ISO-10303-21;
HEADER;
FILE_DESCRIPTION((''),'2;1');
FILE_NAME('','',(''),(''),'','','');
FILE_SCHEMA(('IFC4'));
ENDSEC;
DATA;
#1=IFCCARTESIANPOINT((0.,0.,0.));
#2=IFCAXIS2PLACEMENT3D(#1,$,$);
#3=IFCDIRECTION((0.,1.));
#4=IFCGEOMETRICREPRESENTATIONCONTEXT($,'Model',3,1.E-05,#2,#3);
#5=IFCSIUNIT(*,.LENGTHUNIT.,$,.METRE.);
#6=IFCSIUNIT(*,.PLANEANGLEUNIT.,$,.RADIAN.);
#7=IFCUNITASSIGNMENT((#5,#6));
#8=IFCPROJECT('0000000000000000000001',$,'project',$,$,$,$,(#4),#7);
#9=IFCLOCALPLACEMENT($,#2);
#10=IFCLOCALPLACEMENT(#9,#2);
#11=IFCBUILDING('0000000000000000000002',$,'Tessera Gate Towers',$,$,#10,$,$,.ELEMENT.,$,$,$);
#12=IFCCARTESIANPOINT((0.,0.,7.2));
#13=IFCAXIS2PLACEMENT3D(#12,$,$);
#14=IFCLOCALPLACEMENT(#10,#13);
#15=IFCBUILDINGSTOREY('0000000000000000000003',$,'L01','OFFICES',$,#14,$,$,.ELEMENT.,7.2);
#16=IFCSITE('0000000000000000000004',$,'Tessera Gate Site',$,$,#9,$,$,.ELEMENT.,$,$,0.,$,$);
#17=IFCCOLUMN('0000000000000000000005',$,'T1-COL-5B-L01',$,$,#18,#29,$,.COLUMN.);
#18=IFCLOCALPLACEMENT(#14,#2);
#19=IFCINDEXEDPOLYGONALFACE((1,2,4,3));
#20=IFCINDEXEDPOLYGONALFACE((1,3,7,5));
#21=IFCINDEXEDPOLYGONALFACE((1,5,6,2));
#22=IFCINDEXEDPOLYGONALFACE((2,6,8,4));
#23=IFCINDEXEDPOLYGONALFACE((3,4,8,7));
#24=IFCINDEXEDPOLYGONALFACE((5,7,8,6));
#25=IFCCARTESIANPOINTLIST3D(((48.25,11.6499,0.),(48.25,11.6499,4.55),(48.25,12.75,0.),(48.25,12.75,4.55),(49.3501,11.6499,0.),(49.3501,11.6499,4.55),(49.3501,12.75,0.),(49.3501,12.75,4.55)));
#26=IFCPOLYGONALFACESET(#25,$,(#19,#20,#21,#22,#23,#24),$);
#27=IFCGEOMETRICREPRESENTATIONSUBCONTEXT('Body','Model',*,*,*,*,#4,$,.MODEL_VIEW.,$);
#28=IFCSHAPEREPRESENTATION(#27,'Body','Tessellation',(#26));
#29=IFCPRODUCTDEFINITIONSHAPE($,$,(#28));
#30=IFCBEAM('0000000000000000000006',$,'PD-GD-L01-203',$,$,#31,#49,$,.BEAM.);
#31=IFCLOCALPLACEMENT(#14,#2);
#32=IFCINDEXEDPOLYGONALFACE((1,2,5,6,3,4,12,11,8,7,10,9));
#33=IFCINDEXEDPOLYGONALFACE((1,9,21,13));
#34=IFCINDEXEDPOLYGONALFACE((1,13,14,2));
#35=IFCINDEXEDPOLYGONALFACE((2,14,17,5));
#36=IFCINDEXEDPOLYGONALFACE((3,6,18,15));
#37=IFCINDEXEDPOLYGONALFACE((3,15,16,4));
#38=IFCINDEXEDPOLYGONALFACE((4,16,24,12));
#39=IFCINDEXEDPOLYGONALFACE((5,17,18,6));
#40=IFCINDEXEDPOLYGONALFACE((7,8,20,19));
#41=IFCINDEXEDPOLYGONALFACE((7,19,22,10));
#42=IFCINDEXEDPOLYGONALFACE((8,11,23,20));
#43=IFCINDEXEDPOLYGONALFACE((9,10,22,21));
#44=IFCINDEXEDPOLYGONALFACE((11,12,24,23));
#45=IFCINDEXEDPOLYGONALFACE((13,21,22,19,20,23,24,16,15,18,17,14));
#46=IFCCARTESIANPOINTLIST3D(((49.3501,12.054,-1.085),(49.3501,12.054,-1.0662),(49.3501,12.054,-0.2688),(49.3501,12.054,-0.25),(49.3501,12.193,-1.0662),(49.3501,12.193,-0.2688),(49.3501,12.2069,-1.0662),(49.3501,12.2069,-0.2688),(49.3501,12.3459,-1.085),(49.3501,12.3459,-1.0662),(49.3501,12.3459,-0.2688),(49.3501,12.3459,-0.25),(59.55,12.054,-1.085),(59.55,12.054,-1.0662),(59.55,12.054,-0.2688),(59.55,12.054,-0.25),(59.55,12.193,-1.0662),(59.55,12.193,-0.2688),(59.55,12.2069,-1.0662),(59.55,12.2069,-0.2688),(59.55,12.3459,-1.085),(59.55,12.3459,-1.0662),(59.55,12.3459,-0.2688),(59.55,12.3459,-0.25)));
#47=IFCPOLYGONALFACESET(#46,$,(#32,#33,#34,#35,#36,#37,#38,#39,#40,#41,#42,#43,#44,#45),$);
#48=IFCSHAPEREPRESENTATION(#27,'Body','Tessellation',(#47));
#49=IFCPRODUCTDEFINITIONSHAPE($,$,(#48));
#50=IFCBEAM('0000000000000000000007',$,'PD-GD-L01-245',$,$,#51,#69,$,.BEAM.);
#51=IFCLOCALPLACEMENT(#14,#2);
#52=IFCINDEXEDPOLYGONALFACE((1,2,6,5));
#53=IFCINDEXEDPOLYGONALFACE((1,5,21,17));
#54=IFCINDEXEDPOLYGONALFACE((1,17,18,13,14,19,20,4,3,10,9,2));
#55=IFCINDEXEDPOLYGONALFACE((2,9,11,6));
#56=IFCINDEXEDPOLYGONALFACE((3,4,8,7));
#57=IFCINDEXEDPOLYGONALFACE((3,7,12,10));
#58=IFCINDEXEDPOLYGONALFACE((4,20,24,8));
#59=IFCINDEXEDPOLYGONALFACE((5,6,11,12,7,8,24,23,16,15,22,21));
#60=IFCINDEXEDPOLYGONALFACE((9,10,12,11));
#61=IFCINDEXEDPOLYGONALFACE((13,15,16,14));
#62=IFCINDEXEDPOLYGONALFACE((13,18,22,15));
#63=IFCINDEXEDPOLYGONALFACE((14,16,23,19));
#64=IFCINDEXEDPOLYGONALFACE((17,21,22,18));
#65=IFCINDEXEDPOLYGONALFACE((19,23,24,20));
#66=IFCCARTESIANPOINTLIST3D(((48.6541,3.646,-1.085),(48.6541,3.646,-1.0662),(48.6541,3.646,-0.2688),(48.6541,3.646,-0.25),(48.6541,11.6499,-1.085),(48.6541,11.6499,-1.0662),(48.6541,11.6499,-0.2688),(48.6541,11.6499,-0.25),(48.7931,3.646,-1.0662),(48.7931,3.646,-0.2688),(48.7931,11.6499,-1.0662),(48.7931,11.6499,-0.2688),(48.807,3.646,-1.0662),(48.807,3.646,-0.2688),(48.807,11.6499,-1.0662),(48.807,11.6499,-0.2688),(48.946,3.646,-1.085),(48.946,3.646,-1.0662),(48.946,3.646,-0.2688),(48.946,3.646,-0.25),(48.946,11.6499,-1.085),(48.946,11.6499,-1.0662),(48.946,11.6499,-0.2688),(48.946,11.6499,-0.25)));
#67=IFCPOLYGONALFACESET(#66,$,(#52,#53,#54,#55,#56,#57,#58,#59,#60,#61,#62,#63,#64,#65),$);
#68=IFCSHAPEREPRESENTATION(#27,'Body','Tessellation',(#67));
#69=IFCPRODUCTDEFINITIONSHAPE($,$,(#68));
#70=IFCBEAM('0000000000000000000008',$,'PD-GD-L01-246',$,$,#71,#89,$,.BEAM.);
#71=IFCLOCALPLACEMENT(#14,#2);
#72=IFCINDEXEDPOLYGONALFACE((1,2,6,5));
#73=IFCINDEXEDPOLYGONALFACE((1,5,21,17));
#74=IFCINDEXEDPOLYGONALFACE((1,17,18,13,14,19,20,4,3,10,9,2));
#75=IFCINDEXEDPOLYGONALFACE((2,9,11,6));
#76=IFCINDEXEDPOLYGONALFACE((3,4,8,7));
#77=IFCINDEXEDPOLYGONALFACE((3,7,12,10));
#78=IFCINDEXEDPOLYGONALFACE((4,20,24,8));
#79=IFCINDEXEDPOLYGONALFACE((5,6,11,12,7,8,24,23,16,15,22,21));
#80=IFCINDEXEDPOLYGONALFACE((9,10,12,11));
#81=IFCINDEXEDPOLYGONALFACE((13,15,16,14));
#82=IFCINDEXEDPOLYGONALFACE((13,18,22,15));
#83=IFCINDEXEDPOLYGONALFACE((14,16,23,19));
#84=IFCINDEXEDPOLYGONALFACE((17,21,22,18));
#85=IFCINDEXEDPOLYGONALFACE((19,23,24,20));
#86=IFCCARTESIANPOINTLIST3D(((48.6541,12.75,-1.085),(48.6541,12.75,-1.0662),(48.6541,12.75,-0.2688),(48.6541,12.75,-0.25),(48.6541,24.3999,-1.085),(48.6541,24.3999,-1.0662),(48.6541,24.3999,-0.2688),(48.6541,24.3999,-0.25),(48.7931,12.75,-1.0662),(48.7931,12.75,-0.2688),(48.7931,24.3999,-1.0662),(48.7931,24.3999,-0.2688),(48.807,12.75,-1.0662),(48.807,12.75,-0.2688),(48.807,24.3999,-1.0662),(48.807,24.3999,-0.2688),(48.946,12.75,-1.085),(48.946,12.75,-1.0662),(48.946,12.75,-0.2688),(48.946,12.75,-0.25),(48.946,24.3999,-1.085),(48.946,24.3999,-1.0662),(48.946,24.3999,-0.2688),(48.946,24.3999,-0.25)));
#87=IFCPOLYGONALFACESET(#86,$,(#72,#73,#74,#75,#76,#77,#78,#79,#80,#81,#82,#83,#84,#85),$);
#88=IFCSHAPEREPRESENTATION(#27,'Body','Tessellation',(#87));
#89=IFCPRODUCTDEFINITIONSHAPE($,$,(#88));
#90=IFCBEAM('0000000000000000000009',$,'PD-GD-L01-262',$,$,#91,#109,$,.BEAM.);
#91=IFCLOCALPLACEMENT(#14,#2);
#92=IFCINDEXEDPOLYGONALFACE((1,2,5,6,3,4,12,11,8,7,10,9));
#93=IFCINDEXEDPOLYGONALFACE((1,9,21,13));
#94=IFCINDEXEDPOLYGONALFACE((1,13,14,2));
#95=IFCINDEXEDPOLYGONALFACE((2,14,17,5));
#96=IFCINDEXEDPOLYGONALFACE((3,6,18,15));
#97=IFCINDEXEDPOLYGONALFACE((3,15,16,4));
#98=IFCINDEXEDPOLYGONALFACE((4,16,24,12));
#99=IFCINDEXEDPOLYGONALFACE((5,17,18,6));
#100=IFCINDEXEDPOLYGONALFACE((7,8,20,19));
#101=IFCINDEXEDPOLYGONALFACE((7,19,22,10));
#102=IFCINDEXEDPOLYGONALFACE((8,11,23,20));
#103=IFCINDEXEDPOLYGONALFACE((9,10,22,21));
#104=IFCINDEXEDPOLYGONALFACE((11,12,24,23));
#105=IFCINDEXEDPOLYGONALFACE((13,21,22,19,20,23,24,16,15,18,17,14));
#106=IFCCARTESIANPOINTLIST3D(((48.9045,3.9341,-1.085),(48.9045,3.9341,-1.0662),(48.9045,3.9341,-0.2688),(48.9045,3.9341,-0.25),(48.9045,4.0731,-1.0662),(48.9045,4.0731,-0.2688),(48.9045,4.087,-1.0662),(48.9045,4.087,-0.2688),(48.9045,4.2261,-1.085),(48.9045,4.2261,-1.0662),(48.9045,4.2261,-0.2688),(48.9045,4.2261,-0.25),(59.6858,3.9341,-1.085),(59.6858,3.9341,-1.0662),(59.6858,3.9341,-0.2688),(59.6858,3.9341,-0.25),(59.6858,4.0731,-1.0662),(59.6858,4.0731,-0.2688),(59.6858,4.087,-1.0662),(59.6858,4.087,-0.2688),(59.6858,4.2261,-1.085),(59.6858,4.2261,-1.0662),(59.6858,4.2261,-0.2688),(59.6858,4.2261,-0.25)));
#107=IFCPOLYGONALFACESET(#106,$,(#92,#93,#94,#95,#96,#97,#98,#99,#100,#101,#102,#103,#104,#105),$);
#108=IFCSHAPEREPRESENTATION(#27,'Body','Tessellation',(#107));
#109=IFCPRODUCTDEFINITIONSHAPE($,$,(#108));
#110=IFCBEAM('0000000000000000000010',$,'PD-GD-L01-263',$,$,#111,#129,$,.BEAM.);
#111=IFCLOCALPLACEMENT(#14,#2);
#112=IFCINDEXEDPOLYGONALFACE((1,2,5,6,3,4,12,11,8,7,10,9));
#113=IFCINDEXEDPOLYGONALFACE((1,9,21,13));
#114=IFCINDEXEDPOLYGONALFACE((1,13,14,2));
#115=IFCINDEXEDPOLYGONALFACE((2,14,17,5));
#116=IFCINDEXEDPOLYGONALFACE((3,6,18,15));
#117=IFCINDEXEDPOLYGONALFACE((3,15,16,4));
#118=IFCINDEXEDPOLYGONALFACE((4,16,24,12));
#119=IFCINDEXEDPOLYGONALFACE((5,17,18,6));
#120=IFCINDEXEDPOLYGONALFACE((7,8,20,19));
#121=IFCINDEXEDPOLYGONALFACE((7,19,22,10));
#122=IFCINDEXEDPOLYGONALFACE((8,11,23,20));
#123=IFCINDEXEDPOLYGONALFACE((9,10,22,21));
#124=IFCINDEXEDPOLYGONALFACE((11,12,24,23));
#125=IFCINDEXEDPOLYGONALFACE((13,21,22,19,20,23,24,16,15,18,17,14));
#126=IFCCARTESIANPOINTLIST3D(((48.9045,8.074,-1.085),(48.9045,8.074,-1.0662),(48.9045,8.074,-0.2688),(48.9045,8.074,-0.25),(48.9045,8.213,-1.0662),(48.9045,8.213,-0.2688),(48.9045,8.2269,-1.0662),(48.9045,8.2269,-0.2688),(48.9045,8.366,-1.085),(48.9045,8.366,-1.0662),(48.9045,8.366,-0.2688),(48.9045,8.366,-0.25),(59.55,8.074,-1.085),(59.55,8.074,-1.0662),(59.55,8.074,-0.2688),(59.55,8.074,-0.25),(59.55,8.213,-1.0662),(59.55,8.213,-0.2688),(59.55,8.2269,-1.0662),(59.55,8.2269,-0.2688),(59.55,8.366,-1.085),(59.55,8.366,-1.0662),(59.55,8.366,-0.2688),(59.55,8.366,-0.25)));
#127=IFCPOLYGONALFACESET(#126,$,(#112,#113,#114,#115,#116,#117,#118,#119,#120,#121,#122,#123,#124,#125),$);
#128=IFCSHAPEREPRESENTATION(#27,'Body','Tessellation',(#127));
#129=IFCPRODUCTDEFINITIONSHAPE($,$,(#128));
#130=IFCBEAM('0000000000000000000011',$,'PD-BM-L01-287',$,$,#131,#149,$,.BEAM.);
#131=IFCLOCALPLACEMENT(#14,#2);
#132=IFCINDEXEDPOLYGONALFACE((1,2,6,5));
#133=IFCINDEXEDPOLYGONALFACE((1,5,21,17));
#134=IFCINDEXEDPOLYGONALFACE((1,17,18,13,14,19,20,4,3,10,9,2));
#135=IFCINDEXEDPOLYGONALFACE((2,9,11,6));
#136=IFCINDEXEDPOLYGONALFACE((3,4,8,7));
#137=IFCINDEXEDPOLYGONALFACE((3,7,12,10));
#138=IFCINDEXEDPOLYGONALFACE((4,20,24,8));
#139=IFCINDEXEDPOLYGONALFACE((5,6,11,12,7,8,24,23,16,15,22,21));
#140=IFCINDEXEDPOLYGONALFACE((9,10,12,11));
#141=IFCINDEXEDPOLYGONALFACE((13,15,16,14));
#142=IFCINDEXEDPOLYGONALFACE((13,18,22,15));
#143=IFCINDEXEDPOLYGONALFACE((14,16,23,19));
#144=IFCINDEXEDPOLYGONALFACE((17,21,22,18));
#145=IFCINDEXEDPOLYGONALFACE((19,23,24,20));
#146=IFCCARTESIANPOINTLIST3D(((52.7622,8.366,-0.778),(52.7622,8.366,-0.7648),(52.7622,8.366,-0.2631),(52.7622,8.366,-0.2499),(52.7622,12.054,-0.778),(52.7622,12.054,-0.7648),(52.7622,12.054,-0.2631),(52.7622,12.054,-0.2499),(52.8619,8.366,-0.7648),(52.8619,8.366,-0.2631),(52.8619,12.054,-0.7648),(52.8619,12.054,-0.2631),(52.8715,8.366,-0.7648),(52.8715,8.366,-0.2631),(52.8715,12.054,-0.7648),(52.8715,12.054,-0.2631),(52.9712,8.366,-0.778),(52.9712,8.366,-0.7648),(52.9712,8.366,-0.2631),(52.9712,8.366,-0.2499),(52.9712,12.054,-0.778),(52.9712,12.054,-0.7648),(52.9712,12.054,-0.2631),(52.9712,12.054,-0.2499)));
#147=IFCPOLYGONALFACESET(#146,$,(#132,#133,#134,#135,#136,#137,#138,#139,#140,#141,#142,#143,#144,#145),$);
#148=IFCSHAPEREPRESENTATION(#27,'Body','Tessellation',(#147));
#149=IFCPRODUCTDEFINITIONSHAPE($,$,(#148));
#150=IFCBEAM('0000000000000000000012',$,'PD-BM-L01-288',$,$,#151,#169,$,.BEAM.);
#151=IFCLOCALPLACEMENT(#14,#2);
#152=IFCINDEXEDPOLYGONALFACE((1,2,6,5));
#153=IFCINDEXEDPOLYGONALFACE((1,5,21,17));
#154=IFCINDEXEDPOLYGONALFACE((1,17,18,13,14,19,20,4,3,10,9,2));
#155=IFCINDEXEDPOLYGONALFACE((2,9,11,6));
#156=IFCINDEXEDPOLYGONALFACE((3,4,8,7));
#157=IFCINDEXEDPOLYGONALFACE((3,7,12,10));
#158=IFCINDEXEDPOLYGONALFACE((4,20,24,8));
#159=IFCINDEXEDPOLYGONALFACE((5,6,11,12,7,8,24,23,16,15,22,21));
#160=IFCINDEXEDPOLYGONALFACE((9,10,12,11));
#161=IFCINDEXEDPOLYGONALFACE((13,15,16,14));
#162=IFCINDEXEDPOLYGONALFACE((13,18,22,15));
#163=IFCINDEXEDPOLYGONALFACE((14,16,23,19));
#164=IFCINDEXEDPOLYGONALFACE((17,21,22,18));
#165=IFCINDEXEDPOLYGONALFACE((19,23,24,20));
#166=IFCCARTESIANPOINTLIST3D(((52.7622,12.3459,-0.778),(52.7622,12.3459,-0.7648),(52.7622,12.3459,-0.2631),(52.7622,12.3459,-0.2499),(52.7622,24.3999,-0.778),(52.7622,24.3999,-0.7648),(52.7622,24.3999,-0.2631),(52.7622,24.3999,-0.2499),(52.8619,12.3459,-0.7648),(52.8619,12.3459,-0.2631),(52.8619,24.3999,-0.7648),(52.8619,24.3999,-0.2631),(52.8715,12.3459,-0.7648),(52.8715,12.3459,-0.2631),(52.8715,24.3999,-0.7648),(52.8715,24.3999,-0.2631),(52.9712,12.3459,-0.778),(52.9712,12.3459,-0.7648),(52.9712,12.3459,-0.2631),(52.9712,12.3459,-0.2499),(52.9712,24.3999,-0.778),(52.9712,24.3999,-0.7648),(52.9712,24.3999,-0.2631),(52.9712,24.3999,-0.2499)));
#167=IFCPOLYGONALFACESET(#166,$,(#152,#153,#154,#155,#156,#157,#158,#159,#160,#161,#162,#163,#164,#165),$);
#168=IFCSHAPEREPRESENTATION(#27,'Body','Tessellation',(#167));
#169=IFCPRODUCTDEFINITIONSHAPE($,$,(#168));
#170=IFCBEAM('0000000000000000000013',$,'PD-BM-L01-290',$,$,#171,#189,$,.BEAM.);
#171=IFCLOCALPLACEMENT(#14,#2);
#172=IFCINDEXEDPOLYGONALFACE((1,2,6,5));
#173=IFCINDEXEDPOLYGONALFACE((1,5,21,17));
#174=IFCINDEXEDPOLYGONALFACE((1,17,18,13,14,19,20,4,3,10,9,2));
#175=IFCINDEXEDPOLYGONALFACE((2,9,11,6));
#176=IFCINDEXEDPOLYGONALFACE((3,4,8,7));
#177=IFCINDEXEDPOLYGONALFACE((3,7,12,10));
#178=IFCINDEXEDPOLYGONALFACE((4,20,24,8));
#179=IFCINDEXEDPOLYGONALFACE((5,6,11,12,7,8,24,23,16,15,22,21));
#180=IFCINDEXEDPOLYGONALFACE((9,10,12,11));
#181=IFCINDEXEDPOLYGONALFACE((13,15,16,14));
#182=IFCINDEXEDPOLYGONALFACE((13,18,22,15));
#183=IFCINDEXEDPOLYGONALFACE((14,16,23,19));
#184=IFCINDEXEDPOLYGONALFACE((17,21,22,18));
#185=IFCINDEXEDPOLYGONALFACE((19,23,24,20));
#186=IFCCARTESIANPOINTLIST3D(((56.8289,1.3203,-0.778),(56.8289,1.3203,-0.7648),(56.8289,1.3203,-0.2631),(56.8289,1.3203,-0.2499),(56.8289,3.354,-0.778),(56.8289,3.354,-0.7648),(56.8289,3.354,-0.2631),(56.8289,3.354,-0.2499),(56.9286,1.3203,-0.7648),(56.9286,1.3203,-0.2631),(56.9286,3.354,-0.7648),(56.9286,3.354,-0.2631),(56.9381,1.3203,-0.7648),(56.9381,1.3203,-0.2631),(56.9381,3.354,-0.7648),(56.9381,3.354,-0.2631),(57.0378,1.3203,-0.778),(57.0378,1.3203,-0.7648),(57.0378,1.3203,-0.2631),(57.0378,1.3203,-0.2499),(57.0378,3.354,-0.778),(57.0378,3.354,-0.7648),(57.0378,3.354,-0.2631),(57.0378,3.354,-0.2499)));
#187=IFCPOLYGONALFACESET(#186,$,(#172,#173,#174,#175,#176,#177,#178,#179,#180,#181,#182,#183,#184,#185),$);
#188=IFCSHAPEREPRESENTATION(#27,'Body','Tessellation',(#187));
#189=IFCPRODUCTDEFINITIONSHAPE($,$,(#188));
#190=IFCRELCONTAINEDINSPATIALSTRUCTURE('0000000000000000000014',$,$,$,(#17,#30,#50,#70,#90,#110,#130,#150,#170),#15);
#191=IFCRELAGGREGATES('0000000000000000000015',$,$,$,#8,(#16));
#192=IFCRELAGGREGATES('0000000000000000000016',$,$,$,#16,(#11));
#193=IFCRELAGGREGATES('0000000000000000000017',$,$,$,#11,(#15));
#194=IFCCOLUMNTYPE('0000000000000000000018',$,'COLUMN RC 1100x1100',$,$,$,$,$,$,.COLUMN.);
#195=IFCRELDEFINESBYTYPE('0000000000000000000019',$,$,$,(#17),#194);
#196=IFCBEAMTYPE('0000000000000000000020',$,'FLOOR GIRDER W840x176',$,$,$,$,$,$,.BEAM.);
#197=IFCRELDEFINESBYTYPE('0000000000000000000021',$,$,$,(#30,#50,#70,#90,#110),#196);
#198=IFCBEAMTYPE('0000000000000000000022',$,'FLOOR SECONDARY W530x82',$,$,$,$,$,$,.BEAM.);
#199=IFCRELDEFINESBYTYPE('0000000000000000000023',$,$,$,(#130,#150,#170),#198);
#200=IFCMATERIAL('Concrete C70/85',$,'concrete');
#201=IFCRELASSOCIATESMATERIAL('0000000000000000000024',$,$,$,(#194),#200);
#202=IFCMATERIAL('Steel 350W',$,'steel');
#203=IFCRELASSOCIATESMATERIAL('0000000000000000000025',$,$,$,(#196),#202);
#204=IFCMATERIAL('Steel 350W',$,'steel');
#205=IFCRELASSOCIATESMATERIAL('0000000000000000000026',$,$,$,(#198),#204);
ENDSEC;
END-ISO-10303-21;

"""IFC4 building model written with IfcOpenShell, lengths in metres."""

from ifc_helpers import new_model, si_unit, direction, frame, origin, origin_2d, place, context, subcontext, project, spatial, rectangle, i_section, extrude, material, material_profile, profile_set, type_object, element, save


model = new_model("IFC4")

# Units and contexts
model_context = context("Model", 3, precision=1e-05, world=origin(), true_north=direction((0.0, 1.0)))
body_context = subcontext(model_context, "Body", "Model", "MODEL_VIEW")
ifc_project = project(units=[si_unit("LENGTHUNIT", "METRE"), si_unit("PLANEANGLEUNIT", "RADIAN")], contexts=[model_context])

# Site, building, storey
site_placement = place(None, origin())
site = spatial("IfcSite", under=ifc_project, at=site_placement, Name="Tessera Gate Site", CompositionType="ELEMENT", RefElevation=0.0)
building_placement = place(site_placement, origin())
building = spatial("IfcBuilding", under=site, at=building_placement, Name="Tessera Gate Towers", CompositionType="ELEMENT")
storey_placement = place(building_placement, frame((0.0, 0.0, 7.2)))
storey = spatial("IfcBuildingStorey", under=building, at=storey_placement, Name="L01", Description="OFFICES", CompositionType="ELEMENT", Elevation=7.2)

# Column
ifc_material_1 = material(Name="Concrete C70/85", Category="concrete")
ifc_material_profile_1 = material_profile(ifc_material_1, rectangle(XDim=1.1001, YDim=1.1001, at=origin_2d()), Name="RC 1100x1100")
ifc_profile_set_1 = profile_set([ifc_material_profile_1], Name="Concrete C70/85")
column_type = type_object("IfcColumnType", Name="COLUMN RC 1100x1100", PredefinedType="COLUMN", material=ifc_profile_set_1)
column_placement = place(storey_placement, frame((48.8, 12.2, 0.0), z_axis=(0.0, 0.0, 1.0), x_axis=(1.0, 0.0, 0.0)))
element("IfcColumn", 1, at=column_placement, inside=storey, type_object=column_type, Name="T1-COL-5B-L01", PredefinedType="COLUMN", context=body_context, shape_type="SweptSolid", body=[
    extrude(rectangle(XDim=1.1001, YDim=1.1001, at=origin_2d()), origin(), (0.0, 0.0, 1.0), 4.55),
])

# Beams
ifc_material_2 = material(Name="Steel 350W", Category="steel")
ifc_material_profile_2 = material_profile(ifc_material_2, i_section(OverallWidth=0.292, OverallDepth=0.835, WebThickness=0.0139, FlangeThickness=0.0188, at=origin_2d()), Name="W840x176")
ifc_profile_set_2 = profile_set([ifc_material_profile_2], Name="Steel 350W")
beam_type_1 = type_object("IfcBeamType", Name="FLOOR GIRDER W840x176", PredefinedType="BEAM", material=ifc_profile_set_2)
beam_1_placement = place(storey_placement, frame((49.3501, 12.2, -0.6675), z_axis=(1.0, 0.0, 0.0), x_axis=(0.0, 1.0, 0.0)))
element("IfcBeam", 2, at=beam_1_placement, inside=storey, type_object=beam_type_1, Name="PD-GD-L01-203", PredefinedType="BEAM", context=body_context, shape_type="SweptSolid", body=[
    extrude(i_section(OverallWidth=0.292, OverallDepth=0.835, WebThickness=0.0139, FlangeThickness=0.0188, at=origin_2d()), origin(), (0.0, 0.0, 1.0), 10.2),
])
beam_2_placement = place(storey_placement, frame((48.8, 3.646, -0.6675), z_axis=(0.0, 1.0, 0.0), x_axis=(-1.0, 0.0, 0.0)))
element("IfcBeam", 3, at=beam_2_placement, inside=storey, type_object=beam_type_1, Name="PD-GD-L01-245", PredefinedType="BEAM", context=body_context, shape_type="SweptSolid", body=[
    extrude(i_section(OverallWidth=0.292, OverallDepth=0.835, WebThickness=0.0139, FlangeThickness=0.0188, at=origin_2d()), origin(), (0.0, 0.0, 1.0), 8.0039),
])
beam_3_placement = place(storey_placement, frame((48.8, 12.75, -0.6675), z_axis=(0.0, 1.0, 0.0), x_axis=(-1.0, 0.0, 0.0)))
element("IfcBeam", 4, at=beam_3_placement, inside=storey, type_object=beam_type_1, Name="PD-GD-L01-246", PredefinedType="BEAM", context=body_context, shape_type="SweptSolid", body=[
    extrude(i_section(OverallWidth=0.292, OverallDepth=0.835, WebThickness=0.0139, FlangeThickness=0.0188, at=origin_2d()), origin(), (0.0, 0.0, 1.0), 11.6499),
])
beam_4_placement = place(storey_placement, frame((48.9045, 4.0801, -0.6675), z_axis=(1.0, 0.0, 0.0), x_axis=(0.0, 1.0, 0.0)))
element("IfcBeam", 5, at=beam_4_placement, inside=storey, type_object=beam_type_1, Name="PD-GD-L01-262", PredefinedType="BEAM", context=body_context, shape_type="SweptSolid", body=[
    extrude(i_section(OverallWidth=0.292, OverallDepth=0.835, WebThickness=0.0139, FlangeThickness=0.0188, at=origin_2d()), origin(), (0.0, 0.0, 1.0), 10.7812),
])
beam_5_placement = place(storey_placement, frame((48.9045, 8.22, -0.6675), z_axis=(1.0, 0.0, 0.0), x_axis=(0.0, 1.0, 0.0)))
element("IfcBeam", 6, at=beam_5_placement, inside=storey, type_object=beam_type_1, Name="PD-GD-L01-263", PredefinedType="BEAM", context=body_context, shape_type="SweptSolid", body=[
    extrude(i_section(OverallWidth=0.292, OverallDepth=0.835, WebThickness=0.0139, FlangeThickness=0.0188, at=origin_2d()), origin(), (0.0, 0.0, 1.0), 10.6455),
])
ifc_material_3 = material(Name="Steel 350W", Category="steel")
ifc_material_profile_3 = material_profile(ifc_material_3, i_section(OverallWidth=0.209, OverallDepth=0.5281, WebThickness=0.0095, FlangeThickness=0.0132, at=origin_2d()), Name="W530x82")
ifc_profile_set_3 = profile_set([ifc_material_profile_3], Name="Steel 350W")
beam_type_2 = type_object("IfcBeamType", Name="FLOOR SECONDARY W530x82", PredefinedType="BEAM", material=ifc_profile_set_3)
beam_6_placement = place(storey_placement, frame((52.8667, 8.366, -0.5139), z_axis=(0.0, 1.0, 0.0), x_axis=(-1.0, 0.0, 0.0)))
element("IfcBeam", 7, at=beam_6_placement, inside=storey, type_object=beam_type_2, Name="PD-BM-L01-287", PredefinedType="BEAM", context=body_context, shape_type="SweptSolid", body=[
    extrude(i_section(OverallWidth=0.209, OverallDepth=0.5281, WebThickness=0.0095, FlangeThickness=0.0132, at=origin_2d()), origin(), (0.0, 0.0, 1.0), 3.688),
])
beam_7_placement = place(storey_placement, frame((52.8667, 12.3459, -0.5139), z_axis=(0.0, 1.0, 0.0), x_axis=(-1.0, 0.0, 0.0)))
element("IfcBeam", 8, at=beam_7_placement, inside=storey, type_object=beam_type_2, Name="PD-BM-L01-288", PredefinedType="BEAM", context=body_context, shape_type="SweptSolid", body=[
    extrude(i_section(OverallWidth=0.209, OverallDepth=0.5281, WebThickness=0.0095, FlangeThickness=0.0132, at=origin_2d()), origin(), (0.0, 0.0, 1.0), 12.054),
])
beam_8_placement = place(storey_placement, frame((56.9333, 1.3203, -0.5139), z_axis=(0.0, 1.0, 0.0), x_axis=(-1.0, 0.0, 0.0)))
element("IfcBeam", 9, at=beam_8_placement, inside=storey, type_object=beam_type_2, Name="PD-BM-L01-290", PredefinedType="BEAM", context=body_context, shape_type="SweptSolid", body=[
    extrude(i_section(OverallWidth=0.209, OverallDepth=0.5281, WebThickness=0.0095, FlangeThickness=0.0132, at=origin_2d()), origin(), (0.0, 0.0, 1.0), 2.0337),
])

save(model, "model.ifc")
